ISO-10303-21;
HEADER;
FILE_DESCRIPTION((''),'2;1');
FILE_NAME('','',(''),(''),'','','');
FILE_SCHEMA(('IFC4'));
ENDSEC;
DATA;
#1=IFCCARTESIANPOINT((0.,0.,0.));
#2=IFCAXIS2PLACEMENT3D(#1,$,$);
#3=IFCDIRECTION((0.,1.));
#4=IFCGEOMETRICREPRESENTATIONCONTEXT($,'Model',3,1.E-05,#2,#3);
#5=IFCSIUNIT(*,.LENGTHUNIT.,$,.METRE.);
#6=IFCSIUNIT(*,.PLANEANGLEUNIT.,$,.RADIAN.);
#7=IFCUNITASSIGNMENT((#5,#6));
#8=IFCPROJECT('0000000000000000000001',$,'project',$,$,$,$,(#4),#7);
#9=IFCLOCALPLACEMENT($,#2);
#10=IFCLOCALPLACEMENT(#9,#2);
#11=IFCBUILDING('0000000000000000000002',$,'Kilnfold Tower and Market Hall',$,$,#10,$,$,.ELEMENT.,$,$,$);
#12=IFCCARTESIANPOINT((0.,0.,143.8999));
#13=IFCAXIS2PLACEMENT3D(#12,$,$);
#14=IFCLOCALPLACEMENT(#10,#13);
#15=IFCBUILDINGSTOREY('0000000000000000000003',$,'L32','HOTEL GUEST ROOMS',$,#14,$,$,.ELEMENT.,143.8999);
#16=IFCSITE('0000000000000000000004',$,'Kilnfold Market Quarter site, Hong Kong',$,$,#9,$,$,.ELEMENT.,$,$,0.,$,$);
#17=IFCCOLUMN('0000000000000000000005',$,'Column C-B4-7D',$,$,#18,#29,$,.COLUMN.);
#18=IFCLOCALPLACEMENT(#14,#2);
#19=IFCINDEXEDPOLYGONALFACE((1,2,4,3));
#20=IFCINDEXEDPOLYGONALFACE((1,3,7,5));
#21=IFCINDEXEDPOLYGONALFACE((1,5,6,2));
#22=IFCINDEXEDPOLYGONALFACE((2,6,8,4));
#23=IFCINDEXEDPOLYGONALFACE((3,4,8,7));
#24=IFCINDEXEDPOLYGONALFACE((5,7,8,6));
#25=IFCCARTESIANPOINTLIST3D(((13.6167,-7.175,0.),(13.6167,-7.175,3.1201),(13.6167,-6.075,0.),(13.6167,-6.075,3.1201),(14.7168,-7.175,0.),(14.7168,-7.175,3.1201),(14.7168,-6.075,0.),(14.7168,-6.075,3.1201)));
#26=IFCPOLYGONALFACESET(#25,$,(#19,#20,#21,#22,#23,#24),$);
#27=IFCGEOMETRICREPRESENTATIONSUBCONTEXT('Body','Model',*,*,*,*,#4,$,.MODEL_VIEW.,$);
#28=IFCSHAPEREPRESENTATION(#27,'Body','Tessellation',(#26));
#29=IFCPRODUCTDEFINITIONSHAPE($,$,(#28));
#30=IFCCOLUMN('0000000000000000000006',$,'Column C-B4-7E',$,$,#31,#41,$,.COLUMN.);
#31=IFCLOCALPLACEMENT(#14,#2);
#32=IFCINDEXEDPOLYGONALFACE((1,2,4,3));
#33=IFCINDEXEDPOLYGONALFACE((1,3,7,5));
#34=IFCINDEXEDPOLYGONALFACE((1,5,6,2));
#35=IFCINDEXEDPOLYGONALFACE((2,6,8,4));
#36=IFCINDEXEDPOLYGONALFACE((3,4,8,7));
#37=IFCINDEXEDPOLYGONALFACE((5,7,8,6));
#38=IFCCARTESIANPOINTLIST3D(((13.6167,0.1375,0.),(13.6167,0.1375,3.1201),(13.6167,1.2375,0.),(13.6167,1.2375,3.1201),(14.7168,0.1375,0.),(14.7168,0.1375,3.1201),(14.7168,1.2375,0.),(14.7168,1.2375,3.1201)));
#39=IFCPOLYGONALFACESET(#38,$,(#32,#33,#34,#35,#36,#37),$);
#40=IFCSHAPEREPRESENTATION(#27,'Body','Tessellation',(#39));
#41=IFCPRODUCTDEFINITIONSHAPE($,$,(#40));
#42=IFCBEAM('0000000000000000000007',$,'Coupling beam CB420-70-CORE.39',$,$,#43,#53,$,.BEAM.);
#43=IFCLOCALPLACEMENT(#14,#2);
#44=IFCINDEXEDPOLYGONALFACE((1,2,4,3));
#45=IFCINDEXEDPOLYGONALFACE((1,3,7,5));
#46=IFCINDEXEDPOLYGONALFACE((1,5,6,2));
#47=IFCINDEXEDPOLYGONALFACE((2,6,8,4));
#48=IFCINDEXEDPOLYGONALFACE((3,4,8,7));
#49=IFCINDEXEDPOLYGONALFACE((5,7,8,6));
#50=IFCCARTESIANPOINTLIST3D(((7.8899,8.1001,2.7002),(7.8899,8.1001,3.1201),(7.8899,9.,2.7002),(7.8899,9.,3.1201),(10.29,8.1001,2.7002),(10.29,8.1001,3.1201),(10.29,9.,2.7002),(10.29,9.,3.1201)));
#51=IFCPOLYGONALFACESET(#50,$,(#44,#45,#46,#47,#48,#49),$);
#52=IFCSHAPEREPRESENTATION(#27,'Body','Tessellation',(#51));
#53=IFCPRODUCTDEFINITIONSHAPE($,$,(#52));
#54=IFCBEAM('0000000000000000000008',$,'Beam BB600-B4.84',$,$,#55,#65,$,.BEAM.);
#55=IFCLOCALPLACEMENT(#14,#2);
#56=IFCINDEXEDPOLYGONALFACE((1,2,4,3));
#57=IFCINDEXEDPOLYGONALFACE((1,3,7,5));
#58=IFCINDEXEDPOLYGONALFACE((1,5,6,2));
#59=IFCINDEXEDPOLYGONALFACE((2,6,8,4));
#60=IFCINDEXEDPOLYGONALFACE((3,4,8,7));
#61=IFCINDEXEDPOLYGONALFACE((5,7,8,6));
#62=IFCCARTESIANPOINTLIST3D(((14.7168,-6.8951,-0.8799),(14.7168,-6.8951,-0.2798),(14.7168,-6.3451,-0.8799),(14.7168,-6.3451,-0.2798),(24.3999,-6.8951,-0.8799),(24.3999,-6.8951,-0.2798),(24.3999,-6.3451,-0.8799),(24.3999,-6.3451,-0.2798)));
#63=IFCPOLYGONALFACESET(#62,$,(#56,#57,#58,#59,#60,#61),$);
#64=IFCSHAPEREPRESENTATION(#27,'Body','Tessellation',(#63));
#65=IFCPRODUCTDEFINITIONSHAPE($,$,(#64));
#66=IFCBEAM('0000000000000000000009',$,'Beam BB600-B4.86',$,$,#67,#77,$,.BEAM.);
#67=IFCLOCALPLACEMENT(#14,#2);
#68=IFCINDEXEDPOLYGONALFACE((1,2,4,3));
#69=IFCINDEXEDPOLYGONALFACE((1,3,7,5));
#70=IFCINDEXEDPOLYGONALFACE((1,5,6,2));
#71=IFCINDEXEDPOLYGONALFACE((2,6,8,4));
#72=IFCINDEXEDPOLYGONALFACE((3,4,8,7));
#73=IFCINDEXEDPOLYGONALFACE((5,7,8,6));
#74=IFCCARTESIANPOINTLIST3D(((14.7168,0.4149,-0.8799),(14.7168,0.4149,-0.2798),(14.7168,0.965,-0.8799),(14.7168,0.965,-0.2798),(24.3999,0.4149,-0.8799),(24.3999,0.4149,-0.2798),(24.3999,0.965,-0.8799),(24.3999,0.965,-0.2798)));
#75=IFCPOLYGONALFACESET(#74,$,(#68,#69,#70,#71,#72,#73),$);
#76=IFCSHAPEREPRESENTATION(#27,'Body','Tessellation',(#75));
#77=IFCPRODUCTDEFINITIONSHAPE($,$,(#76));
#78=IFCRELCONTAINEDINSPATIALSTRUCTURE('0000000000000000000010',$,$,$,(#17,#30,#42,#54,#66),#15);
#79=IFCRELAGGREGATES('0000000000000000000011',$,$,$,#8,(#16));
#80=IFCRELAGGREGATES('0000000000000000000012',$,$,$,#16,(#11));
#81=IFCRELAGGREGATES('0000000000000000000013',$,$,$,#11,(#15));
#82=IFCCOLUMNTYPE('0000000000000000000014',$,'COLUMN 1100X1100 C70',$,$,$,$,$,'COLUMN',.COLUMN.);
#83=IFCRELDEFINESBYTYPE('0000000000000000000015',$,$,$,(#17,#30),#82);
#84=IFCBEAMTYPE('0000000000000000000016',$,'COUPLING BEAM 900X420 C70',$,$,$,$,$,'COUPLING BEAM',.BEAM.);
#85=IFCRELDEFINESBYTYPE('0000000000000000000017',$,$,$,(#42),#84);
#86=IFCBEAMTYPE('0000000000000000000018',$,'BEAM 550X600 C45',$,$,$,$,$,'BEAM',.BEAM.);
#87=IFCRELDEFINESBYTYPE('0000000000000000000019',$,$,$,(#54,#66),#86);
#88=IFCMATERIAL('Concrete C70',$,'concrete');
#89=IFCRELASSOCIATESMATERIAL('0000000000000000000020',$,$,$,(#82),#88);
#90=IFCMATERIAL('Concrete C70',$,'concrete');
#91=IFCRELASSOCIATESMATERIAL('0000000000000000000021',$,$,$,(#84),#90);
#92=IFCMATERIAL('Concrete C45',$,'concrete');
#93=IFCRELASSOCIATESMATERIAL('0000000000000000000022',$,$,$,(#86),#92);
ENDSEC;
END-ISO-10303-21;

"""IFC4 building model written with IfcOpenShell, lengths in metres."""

from ifc_helpers import new_model, si_unit, direction, frame, origin, origin_2d, place, context, subcontext, project, spatial, rectangle, extrude, source, transform, mapped, material, material_profile, profile_set, type_object, element, save


model = new_model("IFC4")

# Units and contexts
model_context = context("Model", 3, precision=1e-05, world=origin(), true_north=direction((0.0, 1.0)))
body_context = subcontext(model_context, "Body", "Model", "MODEL_VIEW")
ifc_project = project(units=[si_unit("LENGTHUNIT", "METRE"), si_unit("PLANEANGLEUNIT", "RADIAN")], contexts=[model_context])

# Site, building, storey
site_placement = place(None, origin())
site = spatial("IfcSite", under=ifc_project, at=site_placement, Name="Kilnfold Market Quarter site, Hong Kong", CompositionType="ELEMENT", RefElevation=0.0)
building_placement = place(site_placement, origin())
building = spatial("IfcBuilding", under=site, at=building_placement, Name="Kilnfold Tower and Market Hall", CompositionType="ELEMENT")
storey_placement = place(building_placement, frame((0.0, 0.0, 143.8999)))
storey = spatial("IfcBuildingStorey", under=building, at=storey_placement, Name="L32", Description="HOTEL GUEST ROOMS", CompositionType="ELEMENT", Elevation=143.8999)

# Columns
ifc_material_1 = material(Name="Concrete C70", Category="concrete")
ifc_material_profile_1 = material_profile(ifc_material_1, rectangle(XDim=1.1001, YDim=1.1001, at=origin_2d()), Name="RC 1100x1100")
ifc_profile_set_1 = profile_set([ifc_material_profile_1], Name="Concrete C70")
column_type = type_object("IfcColumnType", Name="COLUMN 1100X1100 C70", ElementType="COLUMN", PredefinedType="COLUMN", material=ifc_profile_set_1)
shared_shape_1 = source(origin(), body_context, "Body", "SweptSolid", [
    extrude(rectangle(XDim=1.1001, YDim=1.1001, at=origin_2d()), origin(), (0.0, 0.0, 1.0), 3.1201),
])
for number, where, z_axis, x_axis, name in (
    (1, (14.1667, -6.625, 0.0), (0.0, 0.0, 1.0), (1.0, 0.0, 0.0), "Column C-B4-7D"),
    (2, (14.1667, 0.6875, 0.0), (0.0, 0.0, 1.0), (1.0, 0.0, 0.0), "Column C-B4-7E"),
):
    element("IfcColumn", number, at=place(storey_placement, frame(where, z_axis=z_axis, x_axis=x_axis)), inside=storey, type_object=column_type, Name=name, PredefinedType="COLUMN", context=body_context, shape_type="MappedRepresentation", body=[
        mapped(shared_shape_1, transform((0.0, 0.0, 0.0))),
    ])

# Beams
ifc_material_2 = material(Name="Concrete C70", Category="concrete")
ifc_material_profile_2 = material_profile(ifc_material_2, rectangle(XDim=0.8999, YDim=0.4199, at=origin_2d()), Name="RC 900x420")
ifc_profile_set_2 = profile_set([ifc_material_profile_2], Name="Concrete C70")
beam_type_1 = type_object("IfcBeamType", Name="COUPLING BEAM 900X420 C70", ElementType="COUPLING BEAM", PredefinedType="BEAM", material=ifc_profile_set_2)
shared_shape_2 = source(origin(), body_context, "Body", "SweptSolid", [
    extrude(rectangle(XDim=0.8999, YDim=0.4199, at=origin_2d()), origin(), (0.0, 0.0, 1.0), 2.4001),
])
beam_placement = place(storey_placement, frame((7.8899, 8.55, 2.9102), z_axis=(1.0, 0.0, 0.0), x_axis=(0.0, 1.0, 0.0)))
element("IfcBeam", 3, at=beam_placement, inside=storey, type_object=beam_type_1, Name="Coupling beam CB420-70-CORE.39", PredefinedType="BEAM", context=body_context, shape_type="MappedRepresentation", body=[
    mapped(shared_shape_2, transform((0.0, 0.0, 0.0))),
])
ifc_material_3 = material(Name="Concrete C45", Category="concrete")
ifc_material_profile_3 = material_profile(ifc_material_3, rectangle(XDim=0.55, YDim=0.6001, at=origin_2d()), Name="RC 550x600")
ifc_profile_set_3 = profile_set([ifc_material_profile_3], Name="Concrete C45")
beam_type_2 = type_object("IfcBeamType", Name="BEAM 550X600 C45", ElementType="BEAM", PredefinedType="BEAM", material=ifc_profile_set_3)
shared_shape_3 = source(origin(), body_context, "Body", "SweptSolid", [
    extrude(rectangle(XDim=0.55, YDim=0.6001, at=origin_2d()), origin(), (0.0, 0.0, 1.0), 9.6831),
])
for number, where, z_axis, x_axis, name in (
    (4, (14.7168, -6.6201, -0.5798), (1.0, 0.0, 0.0), (0.0, 1.0, 0.0), "Beam BB600-B4.84"),
    (5, (14.7168, 0.6899, -0.5798), (1.0, 0.0, 0.0), (0.0, 1.0, 0.0), "Beam BB600-B4.86"),
):
    element("IfcBeam", number, at=place(storey_placement, frame(where, z_axis=z_axis, x_axis=x_axis)), inside=storey, type_object=beam_type_2, Name=name, PredefinedType="BEAM", context=body_context, shape_type="MappedRepresentation", body=[
        mapped(shared_shape_3, transform((0.0, 0.0, 0.0))),
    ])

save(model, "model.ifc")
